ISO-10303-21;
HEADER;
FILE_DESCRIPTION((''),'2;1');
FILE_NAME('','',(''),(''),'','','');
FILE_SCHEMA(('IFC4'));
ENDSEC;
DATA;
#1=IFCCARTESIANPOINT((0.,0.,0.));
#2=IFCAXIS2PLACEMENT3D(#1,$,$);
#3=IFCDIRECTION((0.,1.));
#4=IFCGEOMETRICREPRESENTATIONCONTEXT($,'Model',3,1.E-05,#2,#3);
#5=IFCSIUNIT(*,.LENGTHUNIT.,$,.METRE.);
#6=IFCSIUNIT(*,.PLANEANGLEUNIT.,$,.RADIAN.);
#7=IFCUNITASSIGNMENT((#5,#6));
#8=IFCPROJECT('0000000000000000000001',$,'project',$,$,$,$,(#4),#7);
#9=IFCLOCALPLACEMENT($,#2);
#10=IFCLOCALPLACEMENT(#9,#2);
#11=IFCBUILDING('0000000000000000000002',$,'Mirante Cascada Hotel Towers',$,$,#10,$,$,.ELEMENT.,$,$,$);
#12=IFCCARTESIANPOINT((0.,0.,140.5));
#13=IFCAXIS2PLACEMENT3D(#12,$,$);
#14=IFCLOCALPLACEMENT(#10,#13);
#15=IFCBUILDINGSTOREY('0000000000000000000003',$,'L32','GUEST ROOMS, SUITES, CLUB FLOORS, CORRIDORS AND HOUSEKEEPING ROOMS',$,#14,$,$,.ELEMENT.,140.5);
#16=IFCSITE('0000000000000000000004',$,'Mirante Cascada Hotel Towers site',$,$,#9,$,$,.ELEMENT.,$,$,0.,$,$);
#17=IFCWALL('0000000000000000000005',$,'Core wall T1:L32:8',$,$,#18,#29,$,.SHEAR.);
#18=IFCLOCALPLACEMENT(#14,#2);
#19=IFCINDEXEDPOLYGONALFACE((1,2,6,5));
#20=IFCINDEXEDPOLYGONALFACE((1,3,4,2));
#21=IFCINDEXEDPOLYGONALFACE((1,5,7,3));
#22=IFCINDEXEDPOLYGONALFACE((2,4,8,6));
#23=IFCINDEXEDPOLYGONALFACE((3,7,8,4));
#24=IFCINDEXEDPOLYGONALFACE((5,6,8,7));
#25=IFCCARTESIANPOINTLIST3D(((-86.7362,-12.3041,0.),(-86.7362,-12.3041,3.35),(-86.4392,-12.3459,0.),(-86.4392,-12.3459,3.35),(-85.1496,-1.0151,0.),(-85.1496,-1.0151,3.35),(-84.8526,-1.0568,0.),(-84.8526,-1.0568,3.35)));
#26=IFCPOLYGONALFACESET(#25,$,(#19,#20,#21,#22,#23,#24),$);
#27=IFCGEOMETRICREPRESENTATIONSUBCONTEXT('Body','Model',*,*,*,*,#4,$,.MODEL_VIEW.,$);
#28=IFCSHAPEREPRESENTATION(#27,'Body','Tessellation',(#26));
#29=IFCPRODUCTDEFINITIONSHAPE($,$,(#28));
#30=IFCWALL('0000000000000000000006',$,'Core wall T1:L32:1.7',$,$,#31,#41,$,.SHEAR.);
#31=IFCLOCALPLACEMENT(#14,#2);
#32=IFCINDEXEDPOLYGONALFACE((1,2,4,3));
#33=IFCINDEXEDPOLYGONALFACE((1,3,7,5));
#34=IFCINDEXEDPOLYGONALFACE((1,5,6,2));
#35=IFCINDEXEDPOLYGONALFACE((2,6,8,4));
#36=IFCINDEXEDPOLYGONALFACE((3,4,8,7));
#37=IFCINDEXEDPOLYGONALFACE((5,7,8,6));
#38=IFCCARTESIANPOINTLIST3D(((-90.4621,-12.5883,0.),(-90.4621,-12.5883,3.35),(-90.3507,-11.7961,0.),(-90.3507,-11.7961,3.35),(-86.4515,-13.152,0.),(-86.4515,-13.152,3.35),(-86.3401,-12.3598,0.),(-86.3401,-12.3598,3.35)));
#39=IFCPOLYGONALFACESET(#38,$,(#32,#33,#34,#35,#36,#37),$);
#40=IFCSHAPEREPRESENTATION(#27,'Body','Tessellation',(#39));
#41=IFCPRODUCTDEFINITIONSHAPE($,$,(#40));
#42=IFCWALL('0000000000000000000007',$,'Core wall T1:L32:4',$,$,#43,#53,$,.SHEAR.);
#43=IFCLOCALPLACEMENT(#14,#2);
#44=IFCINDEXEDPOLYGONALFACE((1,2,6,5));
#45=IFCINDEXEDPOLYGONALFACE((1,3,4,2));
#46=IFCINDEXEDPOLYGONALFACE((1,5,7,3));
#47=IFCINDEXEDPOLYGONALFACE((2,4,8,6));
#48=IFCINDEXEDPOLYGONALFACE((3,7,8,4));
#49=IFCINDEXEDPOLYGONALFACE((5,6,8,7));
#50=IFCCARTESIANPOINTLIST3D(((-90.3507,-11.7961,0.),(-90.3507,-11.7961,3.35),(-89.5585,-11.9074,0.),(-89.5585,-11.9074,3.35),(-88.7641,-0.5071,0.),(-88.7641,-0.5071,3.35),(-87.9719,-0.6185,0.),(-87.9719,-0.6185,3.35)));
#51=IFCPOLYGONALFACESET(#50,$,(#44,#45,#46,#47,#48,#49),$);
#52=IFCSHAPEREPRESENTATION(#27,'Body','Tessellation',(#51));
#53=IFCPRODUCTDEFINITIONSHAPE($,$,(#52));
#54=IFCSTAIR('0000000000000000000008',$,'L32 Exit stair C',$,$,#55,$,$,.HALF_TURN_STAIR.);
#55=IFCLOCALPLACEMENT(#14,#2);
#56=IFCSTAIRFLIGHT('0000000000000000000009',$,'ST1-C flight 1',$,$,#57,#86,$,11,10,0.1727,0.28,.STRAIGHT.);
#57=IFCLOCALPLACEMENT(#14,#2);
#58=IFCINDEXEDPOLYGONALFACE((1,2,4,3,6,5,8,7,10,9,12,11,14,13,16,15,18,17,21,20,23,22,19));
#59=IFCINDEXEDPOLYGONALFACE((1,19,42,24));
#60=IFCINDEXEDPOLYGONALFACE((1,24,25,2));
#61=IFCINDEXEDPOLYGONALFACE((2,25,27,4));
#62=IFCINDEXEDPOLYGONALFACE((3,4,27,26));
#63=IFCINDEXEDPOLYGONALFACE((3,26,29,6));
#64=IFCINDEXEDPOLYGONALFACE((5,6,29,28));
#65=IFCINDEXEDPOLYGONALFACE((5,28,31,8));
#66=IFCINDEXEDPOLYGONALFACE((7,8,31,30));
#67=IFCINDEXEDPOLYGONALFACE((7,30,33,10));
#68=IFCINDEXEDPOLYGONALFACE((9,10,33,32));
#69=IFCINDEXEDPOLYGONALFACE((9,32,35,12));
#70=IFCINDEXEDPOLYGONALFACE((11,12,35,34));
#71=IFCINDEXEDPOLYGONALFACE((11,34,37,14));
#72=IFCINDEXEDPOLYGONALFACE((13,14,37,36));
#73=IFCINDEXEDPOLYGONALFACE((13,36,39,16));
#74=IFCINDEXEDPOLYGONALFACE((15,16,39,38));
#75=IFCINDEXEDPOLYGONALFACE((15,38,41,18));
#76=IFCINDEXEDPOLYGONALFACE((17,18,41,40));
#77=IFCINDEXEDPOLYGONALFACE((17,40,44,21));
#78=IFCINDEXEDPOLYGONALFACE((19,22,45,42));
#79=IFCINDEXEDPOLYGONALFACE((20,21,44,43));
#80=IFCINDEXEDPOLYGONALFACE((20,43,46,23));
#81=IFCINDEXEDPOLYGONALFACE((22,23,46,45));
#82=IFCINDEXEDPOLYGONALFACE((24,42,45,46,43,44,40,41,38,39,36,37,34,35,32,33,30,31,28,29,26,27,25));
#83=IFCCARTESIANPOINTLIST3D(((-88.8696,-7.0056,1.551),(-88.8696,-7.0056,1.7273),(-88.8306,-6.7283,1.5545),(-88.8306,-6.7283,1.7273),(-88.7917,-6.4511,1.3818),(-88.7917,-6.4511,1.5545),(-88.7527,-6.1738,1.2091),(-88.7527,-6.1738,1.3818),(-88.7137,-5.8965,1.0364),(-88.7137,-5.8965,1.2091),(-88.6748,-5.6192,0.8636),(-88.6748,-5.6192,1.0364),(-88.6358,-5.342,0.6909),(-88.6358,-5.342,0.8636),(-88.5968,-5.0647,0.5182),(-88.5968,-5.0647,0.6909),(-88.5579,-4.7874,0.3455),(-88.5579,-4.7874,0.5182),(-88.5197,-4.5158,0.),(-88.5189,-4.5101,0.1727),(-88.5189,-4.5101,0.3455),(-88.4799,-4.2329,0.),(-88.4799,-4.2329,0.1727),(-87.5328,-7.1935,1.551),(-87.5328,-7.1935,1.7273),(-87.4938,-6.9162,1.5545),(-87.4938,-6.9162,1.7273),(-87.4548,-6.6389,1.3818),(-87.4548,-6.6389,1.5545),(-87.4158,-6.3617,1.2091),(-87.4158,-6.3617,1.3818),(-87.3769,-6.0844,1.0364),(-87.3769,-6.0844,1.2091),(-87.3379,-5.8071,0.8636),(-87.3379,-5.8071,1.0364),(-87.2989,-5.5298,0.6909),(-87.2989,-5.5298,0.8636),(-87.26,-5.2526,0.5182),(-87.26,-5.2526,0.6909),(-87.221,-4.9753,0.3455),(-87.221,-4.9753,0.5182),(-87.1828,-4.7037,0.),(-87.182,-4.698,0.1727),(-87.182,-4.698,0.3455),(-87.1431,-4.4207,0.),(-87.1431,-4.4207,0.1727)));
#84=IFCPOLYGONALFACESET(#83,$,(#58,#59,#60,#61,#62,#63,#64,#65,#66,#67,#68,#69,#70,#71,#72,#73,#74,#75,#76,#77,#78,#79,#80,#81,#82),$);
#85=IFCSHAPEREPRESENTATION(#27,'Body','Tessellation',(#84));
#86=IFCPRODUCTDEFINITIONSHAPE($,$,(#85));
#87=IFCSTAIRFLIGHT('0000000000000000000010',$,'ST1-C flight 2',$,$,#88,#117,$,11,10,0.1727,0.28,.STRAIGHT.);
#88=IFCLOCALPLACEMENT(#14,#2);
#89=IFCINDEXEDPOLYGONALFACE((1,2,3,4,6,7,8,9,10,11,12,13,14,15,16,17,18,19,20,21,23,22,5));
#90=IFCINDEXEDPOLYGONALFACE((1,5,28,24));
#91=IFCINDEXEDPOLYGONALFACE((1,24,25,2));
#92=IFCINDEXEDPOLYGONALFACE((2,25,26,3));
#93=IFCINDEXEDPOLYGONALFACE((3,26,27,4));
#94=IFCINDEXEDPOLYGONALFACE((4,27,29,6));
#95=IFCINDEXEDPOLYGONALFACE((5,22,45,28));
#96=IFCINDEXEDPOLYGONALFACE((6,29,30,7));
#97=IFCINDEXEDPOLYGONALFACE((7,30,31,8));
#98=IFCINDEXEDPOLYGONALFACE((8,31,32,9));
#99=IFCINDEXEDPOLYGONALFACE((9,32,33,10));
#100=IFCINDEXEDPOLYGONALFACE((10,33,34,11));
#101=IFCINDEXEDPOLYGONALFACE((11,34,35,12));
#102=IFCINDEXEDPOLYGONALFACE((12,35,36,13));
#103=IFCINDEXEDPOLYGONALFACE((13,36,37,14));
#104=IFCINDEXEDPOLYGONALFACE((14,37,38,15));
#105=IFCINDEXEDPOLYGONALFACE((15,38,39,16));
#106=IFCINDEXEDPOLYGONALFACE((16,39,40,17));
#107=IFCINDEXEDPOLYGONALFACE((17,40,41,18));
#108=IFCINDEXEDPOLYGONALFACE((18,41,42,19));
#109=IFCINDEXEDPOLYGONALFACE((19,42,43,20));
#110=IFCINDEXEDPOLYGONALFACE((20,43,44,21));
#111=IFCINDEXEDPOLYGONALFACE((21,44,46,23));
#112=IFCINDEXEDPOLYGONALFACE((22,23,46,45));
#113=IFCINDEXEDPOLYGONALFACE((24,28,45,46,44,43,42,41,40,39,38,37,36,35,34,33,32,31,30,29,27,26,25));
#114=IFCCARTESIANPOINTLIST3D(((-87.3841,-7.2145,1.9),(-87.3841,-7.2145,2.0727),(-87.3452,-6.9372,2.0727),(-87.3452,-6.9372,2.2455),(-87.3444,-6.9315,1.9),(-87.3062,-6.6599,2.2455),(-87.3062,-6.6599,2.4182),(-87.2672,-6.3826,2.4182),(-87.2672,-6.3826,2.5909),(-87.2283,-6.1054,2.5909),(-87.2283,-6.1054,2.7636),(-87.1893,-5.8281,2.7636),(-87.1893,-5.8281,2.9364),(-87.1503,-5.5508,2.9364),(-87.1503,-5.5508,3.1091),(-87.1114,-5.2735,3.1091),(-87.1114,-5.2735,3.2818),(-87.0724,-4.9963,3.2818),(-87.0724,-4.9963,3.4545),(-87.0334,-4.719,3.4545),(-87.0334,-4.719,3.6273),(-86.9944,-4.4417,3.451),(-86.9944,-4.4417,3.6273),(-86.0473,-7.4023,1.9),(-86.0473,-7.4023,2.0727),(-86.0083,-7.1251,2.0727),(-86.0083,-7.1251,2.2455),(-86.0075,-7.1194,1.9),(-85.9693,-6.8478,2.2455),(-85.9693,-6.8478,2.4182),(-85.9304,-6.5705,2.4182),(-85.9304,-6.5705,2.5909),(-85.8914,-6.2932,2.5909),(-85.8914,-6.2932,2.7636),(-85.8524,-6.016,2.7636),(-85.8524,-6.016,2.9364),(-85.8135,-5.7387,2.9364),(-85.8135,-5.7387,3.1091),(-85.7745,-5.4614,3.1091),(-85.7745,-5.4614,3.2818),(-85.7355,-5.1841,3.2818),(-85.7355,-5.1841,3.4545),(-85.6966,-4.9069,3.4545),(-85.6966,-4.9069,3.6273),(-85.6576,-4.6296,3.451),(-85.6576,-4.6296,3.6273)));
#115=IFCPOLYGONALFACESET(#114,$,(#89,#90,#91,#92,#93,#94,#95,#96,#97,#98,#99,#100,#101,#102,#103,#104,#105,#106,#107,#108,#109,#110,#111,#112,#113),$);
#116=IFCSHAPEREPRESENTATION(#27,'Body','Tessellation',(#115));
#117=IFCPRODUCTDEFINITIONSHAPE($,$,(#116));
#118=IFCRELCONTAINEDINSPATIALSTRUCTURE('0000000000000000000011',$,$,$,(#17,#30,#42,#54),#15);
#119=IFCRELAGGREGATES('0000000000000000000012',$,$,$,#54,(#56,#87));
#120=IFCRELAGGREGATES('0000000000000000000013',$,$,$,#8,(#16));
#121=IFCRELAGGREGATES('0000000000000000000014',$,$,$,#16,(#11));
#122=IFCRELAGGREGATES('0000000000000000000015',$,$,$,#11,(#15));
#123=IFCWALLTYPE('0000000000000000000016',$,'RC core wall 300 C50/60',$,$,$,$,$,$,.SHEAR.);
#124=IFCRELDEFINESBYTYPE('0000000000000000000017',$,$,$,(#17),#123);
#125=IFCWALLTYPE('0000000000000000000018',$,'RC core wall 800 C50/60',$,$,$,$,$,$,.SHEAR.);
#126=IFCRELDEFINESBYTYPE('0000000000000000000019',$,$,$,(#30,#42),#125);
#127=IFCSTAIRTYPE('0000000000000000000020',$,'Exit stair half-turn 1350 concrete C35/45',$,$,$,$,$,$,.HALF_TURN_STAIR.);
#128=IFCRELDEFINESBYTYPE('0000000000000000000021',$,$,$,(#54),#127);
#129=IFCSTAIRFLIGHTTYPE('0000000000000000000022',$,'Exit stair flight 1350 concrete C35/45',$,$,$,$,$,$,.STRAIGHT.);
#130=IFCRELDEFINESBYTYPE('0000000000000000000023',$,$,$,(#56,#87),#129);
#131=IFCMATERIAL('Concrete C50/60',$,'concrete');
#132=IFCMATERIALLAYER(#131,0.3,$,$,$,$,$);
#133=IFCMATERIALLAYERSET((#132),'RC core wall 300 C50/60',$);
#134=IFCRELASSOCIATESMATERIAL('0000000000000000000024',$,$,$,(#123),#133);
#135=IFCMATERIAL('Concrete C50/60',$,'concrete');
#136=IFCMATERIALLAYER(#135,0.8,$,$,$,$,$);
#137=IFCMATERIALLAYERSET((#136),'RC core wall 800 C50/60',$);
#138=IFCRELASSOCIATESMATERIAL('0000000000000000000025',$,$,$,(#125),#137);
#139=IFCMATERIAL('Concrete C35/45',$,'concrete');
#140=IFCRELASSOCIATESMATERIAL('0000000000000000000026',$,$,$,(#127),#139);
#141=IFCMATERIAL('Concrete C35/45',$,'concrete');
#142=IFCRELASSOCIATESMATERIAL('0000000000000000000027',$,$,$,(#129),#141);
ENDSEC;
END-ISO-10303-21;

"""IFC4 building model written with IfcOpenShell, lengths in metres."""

from ifc_helpers import new_model, si_unit, direction, frame, frame_2d, origin, place, context, subcontext, project, spatial, polyline, rectangle, outline, extrude, material, layer, layer_set, type_object, element, aggregate, save


model = new_model("IFC4")

# Units and contexts
model_context = context("Model", 3, precision=1e-05, world=origin(), true_north=direction((0.0, 1.0)))
body_context = subcontext(model_context, "Body", "Model", "MODEL_VIEW")
ifc_project = project(units=[si_unit("LENGTHUNIT", "METRE"), si_unit("PLANEANGLEUNIT", "RADIAN")], contexts=[model_context])

# Site, building, storey
site_placement = place(None, origin())
site = spatial("IfcSite", under=ifc_project, at=site_placement, Name="Mirante Cascada Hotel Towers site", CompositionType="ELEMENT", RefElevation=0.0)
building_placement = place(site_placement, origin())
building = spatial("IfcBuilding", under=site, at=building_placement, Name="Mirante Cascada Hotel Towers", CompositionType="ELEMENT")
storey_placement = place(building_placement, frame((0.0, 0.0, 140.5)))
storey = spatial("IfcBuildingStorey", under=building, at=storey_placement, Name="L32", Description="GUEST ROOMS, SUITES, CLUB FLOORS, CORRIDORS AND HOUSEKEEPING ROOMS", CompositionType="ELEMENT", Elevation=140.5)

# Walls
ifc_material_1 = material(Name="Concrete C50/60", Category="concrete")
ifc_layer_1 = layer(ifc_material_1, 0.3)
ifc_layer_set_1 = layer_set([ifc_layer_1], Name="RC core wall 300 C50/60")
wall_type_1 = type_object("IfcWallType", Name="RC core wall 300 C50/60", PredefinedType="SHEAR", material=ifc_layer_set_1)
wall_1_placement = place(storey_placement, frame((-86.5877, -12.325, 0.0), z_axis=(0.0, 0.0, 1.0), x_axis=(0.139175, 0.990268, 0.0)))
element("IfcWall", 1, at=wall_1_placement, inside=storey, type_object=wall_type_1, Name="Core wall T1:L32:8", PredefinedType="SHEAR", context=body_context, shape_type="SweptSolid", body=[
    extrude(rectangle(XDim=11.4, YDim=0.3, at=frame_2d((5.7, 0.0))), origin(), (0.0, 0.0, 1.0), 3.35),
])
ifc_material_2 = material(Name="Concrete C50/60", Category="concrete")
ifc_layer_2 = layer(ifc_material_2, 0.8)
ifc_layer_set_2 = layer_set([ifc_layer_2], Name="RC core wall 800 C50/60")
wall_type_2 = type_object("IfcWallType", Name="RC core wall 800 C50/60", PredefinedType="SHEAR", material=ifc_layer_set_2)
wall_2_placement = place(storey_placement, frame((-86.3958, -12.7559, 0.0), z_axis=(0.0, 0.0, 1.0), x_axis=(-0.990267, 0.139184, 0.0)))
element("IfcWall", 2, at=wall_2_placement, inside=storey, type_object=wall_type_2, Name="Core wall T1:L32:1.7", PredefinedType="SHEAR", context=body_context, shape_type="SweptSolid", body=[
    extrude(rectangle(XDim=4.05, YDim=0.8, at=frame_2d((2.025, 0.0))), origin(), (0.0, 0.0, 1.0), 3.35),
])
wall_3_placement = place(storey_placement, frame((-89.9546, -11.8518, 0.0), z_axis=(0.0, 0.0, 1.0), x_axis=(0.139176, 0.990268, 0.0)))
element("IfcWall", 3, at=wall_3_placement, inside=storey, type_object=wall_type_2, Name="Core wall T1:L32:4", PredefinedType="SHEAR", context=body_context, shape_type="SweptSolid", body=[
    extrude(rectangle(XDim=11.3999, YDim=0.8, at=frame_2d((5.7, 0.0))), origin(), (0.0, 0.0, 1.0), 3.35),
])

# Stair, stair flights
ifc_material_3 = material(Name="Concrete C35/45", Category="concrete")
stair_type = type_object("IfcStairType", Name="Exit stair half-turn 1350 concrete C35/45", PredefinedType="HALF_TURN_STAIR", material=ifc_material_3)
stair_placement = place(storey_placement, origin())
stair = element("IfcStair", 4, at=stair_placement, inside=storey, type_object=stair_type, Name="L32 Exit stair C", PredefinedType="HALF_TURN_STAIR")
ifc_material_4 = material(Name="Concrete C35/45", Category="concrete")
stair_flight_type = type_object("IfcStairFlightType", Name="Exit stair flight 1350 concrete C35/45", PredefinedType="STRAIGHT", material=ifc_material_4)
stair_flight_1_placement = place(storey_placement, frame((-87.8115, -4.3268, 0.0), z_axis=(0.0, 0.0, 1.0), x_axis=(-0.139173, -0.990268, 0.0)))
stair_flight_1 = element("IfcStairFlight", 5, at=stair_flight_1_placement, type_object=stair_flight_type, Name="ST1-C flight 1", NumberOfRisers=11, NumberOfTreads=10, PredefinedType="STRAIGHT", RiserHeight=0.1727, TreadLength=0.28, context=body_context, shape_type="SweptSolid", body=[
    extrude(outline(polyline([(0.0, 0.0), (0.0, 0.1727), (0.28, 0.1727), (0.28, 0.3455), (0.56, 0.3455), (0.56, 0.5182), (0.84, 0.5182), (0.84, 0.6909), (1.12, 0.6909), (1.12, 0.8636), (1.4, 0.8636), (1.4, 1.0364), (1.68, 1.0364), (1.68, 1.2091), (1.96, 1.2091), (1.96, 1.3818), (2.24, 1.3818), (2.24, 1.5545), (2.52, 1.5545), (2.52, 1.7273), (2.8, 1.7273), (2.8, 1.9), (2.8, 1.551), (0.2857, 0.0), (0.0, 0.0)])), frame((0.0, 0.675, 0.0), z_axis=(0.0, -1.0, 0.0), x_axis=(1.0, 0.0, 0.0)), (0.0, 0.0, 1.0), 1.35),
])
stair_flight_2_placement = place(storey_placement, frame((-86.7157, -7.3084, 1.9), z_axis=(0.0, 0.0, 1.0), x_axis=(0.139173, 0.990268, 0.0)))
stair_flight_2 = element("IfcStairFlight", 6, at=stair_flight_2_placement, type_object=stair_flight_type, Name="ST1-C flight 2", NumberOfRisers=11, NumberOfTreads=10, PredefinedType="STRAIGHT", RiserHeight=0.1727, TreadLength=0.28, context=body_context, shape_type="SweptSolid", body=[
    extrude(outline(polyline([(0.0, 0.0), (0.0, 0.1727), (0.28, 0.1727), (0.28, 0.3455), (0.56, 0.3455), (0.56, 0.5182), (0.84, 0.5182), (0.84, 0.6909), (1.12, 0.6909), (1.12, 0.8636), (1.4, 0.8636), (1.4, 1.0364), (1.68, 1.0364), (1.68, 1.2091), (1.96, 1.2091), (1.96, 1.3818), (2.24, 1.3818), (2.24, 1.5545), (2.52, 1.5545), (2.52, 1.7273), (2.8, 1.7273), (2.8, 1.9), (2.8, 1.551), (0.2857, 0.0), (0.0, 0.0)])), frame((0.0, 0.675, 0.0), z_axis=(0.0, -1.0, 0.0), x_axis=(1.0, 0.0, 0.0)), (0.0, 0.0, 1.0), 1.35),
])
aggregate(stair, [stair_flight_1, stair_flight_2])

save(model, "model.ifc")
